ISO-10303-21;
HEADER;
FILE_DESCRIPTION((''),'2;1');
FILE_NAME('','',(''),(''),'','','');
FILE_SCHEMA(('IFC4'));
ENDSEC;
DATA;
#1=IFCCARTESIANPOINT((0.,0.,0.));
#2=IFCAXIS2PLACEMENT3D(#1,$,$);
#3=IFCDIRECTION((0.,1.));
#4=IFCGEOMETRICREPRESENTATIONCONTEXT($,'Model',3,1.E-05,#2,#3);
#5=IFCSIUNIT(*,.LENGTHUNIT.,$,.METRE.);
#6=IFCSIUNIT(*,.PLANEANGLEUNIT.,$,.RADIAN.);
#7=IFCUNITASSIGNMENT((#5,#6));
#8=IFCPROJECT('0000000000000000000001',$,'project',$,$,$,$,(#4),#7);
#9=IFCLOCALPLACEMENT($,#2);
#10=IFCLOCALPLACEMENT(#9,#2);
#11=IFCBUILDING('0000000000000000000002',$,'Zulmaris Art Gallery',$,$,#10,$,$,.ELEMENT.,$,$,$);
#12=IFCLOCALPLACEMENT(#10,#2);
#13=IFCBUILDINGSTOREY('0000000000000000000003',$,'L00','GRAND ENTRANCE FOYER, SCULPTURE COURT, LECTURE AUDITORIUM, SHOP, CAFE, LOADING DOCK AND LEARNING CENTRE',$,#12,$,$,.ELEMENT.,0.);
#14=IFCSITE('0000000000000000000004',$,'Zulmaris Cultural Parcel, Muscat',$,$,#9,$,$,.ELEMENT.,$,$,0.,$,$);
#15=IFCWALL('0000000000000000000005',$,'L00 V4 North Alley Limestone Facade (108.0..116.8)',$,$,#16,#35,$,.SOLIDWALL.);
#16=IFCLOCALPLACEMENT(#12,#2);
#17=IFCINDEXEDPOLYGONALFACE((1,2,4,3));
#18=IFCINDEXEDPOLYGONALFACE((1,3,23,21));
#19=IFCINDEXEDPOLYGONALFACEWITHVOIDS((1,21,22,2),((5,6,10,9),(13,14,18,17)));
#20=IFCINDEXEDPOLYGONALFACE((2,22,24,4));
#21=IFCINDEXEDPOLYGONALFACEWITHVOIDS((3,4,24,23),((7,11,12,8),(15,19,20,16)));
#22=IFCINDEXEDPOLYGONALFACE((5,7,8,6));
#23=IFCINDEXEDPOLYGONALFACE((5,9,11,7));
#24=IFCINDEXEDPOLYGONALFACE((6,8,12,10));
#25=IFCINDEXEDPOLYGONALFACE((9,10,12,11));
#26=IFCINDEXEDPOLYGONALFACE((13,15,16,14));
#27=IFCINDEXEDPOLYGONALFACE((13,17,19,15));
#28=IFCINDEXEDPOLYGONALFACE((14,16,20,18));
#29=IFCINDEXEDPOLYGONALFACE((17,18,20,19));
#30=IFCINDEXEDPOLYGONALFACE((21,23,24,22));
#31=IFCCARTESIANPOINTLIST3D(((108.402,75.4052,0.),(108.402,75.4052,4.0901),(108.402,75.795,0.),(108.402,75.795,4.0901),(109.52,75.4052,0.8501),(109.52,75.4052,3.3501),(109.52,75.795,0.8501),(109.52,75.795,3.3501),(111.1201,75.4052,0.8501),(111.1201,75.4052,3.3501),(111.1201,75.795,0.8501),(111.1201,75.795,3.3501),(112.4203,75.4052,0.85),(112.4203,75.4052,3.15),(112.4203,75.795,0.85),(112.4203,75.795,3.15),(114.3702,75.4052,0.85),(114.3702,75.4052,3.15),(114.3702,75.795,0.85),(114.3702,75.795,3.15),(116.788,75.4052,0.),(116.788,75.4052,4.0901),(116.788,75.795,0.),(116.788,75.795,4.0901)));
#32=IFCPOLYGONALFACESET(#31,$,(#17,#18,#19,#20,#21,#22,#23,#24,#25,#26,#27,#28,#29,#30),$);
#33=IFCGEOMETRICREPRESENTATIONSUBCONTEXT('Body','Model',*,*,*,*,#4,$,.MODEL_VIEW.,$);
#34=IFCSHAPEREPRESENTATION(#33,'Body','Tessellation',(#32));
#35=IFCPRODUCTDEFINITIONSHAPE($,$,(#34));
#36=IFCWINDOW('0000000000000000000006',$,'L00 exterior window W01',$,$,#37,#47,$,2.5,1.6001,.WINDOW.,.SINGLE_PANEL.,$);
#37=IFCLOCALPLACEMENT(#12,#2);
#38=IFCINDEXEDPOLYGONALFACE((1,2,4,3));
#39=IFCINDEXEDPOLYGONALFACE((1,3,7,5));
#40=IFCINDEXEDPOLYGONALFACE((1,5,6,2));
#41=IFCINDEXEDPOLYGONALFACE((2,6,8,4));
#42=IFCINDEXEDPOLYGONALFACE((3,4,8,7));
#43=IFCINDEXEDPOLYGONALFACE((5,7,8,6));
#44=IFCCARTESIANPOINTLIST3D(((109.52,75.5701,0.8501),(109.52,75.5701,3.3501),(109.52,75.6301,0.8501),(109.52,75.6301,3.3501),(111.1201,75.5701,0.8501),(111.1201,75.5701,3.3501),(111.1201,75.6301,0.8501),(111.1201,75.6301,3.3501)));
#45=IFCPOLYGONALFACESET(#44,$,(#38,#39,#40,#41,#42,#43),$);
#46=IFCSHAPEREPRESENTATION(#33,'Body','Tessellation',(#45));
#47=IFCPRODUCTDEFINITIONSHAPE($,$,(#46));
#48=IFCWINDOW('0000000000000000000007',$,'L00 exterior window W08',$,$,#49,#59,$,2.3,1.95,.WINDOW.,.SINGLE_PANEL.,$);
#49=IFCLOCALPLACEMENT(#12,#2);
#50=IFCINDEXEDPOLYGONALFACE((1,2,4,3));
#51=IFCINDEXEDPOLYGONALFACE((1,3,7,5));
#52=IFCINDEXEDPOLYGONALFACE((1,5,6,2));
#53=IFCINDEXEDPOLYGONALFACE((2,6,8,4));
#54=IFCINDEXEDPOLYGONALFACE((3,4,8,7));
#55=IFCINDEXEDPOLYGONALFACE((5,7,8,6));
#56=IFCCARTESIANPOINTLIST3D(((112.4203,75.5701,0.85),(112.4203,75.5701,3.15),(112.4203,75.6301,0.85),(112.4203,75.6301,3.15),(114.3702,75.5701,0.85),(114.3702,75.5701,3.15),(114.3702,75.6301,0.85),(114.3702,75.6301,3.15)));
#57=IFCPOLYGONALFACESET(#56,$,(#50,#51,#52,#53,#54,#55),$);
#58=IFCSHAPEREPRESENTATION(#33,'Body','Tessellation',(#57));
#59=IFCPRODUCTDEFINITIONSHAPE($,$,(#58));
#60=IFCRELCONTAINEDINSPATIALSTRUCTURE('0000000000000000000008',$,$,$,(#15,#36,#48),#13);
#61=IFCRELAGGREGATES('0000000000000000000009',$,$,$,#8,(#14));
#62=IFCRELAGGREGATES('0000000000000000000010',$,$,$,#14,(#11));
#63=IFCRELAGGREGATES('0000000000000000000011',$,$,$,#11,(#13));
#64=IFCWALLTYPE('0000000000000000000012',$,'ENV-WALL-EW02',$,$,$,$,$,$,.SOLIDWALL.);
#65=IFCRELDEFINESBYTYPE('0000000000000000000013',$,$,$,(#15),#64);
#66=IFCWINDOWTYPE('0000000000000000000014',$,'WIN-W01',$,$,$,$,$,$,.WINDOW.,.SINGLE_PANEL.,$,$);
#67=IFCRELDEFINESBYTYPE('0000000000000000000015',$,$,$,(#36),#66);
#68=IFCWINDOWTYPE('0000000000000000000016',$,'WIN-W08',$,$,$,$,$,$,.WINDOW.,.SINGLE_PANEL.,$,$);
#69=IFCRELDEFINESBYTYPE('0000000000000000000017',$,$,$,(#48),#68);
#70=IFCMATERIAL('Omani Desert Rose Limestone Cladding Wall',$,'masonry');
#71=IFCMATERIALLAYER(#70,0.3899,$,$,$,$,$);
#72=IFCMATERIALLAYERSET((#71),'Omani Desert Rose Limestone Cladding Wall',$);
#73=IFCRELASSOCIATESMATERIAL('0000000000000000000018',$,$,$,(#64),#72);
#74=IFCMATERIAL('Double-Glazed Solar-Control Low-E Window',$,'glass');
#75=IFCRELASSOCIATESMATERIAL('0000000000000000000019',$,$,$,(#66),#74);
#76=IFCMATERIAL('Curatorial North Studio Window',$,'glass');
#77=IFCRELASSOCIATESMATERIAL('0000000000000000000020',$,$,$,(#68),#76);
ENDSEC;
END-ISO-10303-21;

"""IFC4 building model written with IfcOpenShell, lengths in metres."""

from ifc_helpers import new_model, si_unit, direction, frame, frame_2d, origin, place, context, subcontext, project, spatial, rectangle, extrude, material, layer, layer_set, type_object, element, fill, save


model = new_model("IFC4")

# Units and contexts
model_context = context("Model", 3, precision=1e-05, world=origin(), true_north=direction((0.0, 1.0)))
body_context = subcontext(model_context, "Body", "Model", "MODEL_VIEW")
ifc_project = project(units=[si_unit("LENGTHUNIT", "METRE"), si_unit("PLANEANGLEUNIT", "RADIAN")], contexts=[model_context])

# Site, building, storey
site_placement = place(None, origin())
site = spatial("IfcSite", under=ifc_project, at=site_placement, Name="Zulmaris Cultural Parcel, Muscat", CompositionType="ELEMENT", RefElevation=0.0)
building_placement = place(site_placement, origin())
building = spatial("IfcBuilding", under=site, at=building_placement, Name="Zulmaris Art Gallery", CompositionType="ELEMENT")
storey_placement = place(building_placement, origin())
storey = spatial("IfcBuildingStorey", under=building, at=storey_placement, Name="L00", Description="GRAND ENTRANCE FOYER, SCULPTURE COURT, LECTURE AUDITORIUM, SHOP, CAFE, LOADING DOCK AND LEARNING CENTRE", CompositionType="ELEMENT", Elevation=0.0)

# Wall, openings, windows
ifc_material_1 = material(Name="Omani Desert Rose Limestone Cladding Wall", Category="masonry")
ifc_layer_1 = layer(ifc_material_1, 0.3899)
ifc_layer_set_1 = layer_set([ifc_layer_1], Name="Omani Desert Rose Limestone Cladding Wall")
wall_type = type_object("IfcWallType", Name="ENV-WALL-EW02", PredefinedType="SOLIDWALL", material=ifc_layer_set_1)
wall_placement = place(storey_placement, frame((108.4021, 75.6001, 0.0), z_axis=(0.0, 0.0, 1.0), x_axis=(1.0, 0.0, 0.0)))
wall = element("IfcWall", 1, at=wall_placement, inside=storey, type_object=wall_type, Name="L00 V4 North Alley Limestone Facade (108.0..116.8)", PredefinedType="SOLIDWALL", context=body_context, shape_type="SweptSolid", body=[
    extrude(rectangle(XDim=8.386, YDim=0.3899, at=frame_2d((4.1929, 0.0))), origin(), (0.0, 0.0, 1.0), 4.0901),
])
opening_1_placement = place(wall_placement, frame((1.1179, 0.0, 0.8501)))
opening_1 = element("IfcOpeningElement", 2, at=opening_1_placement, cuts=wall, PredefinedType="OPENING", context=body_context, shape_type="SweptSolid", body=[
    extrude(rectangle(XDim=1.6001, YDim=2.5, at=frame_2d((0.8, 1.25))), frame((0.0, 0.2048, 0.0), z_axis=(0.0, -1.0, 0.0), x_axis=(1.0, 0.0, 0.0)), (0.0, 0.0, 1.0), 0.4099),
])
opening_2_placement = place(wall_placement, frame((4.0181, 0.0, 0.8501)))
opening_2 = element("IfcOpeningElement", 3, at=opening_2_placement, cuts=wall, PredefinedType="OPENING", context=body_context, shape_type="SweptSolid", body=[
    extrude(rectangle(XDim=1.95, YDim=2.3, at=frame_2d((0.9751, 1.1499))), frame((0.0, 0.2048, 0.0), z_axis=(0.0, -1.0, 0.0), x_axis=(1.0, 0.0, 0.0)), (0.0, 0.0, 1.0), 0.4099),
])
ifc_material_2 = material(Name="Double-Glazed Solar-Control Low-E Window", Category="glass")
window_type_1 = type_object("IfcWindowType", Name="WIN-W01", PartitioningType="SINGLE_PANEL", PredefinedType="WINDOW", material=ifc_material_2)
window_1_placement = place(opening_1_placement, origin())
window_1 = element("IfcWindow", 4, at=window_1_placement, inside=storey, type_object=window_type_1, Name="L00 exterior window W01", OverallHeight=2.5, OverallWidth=1.6001, PartitioningType="SINGLE_PANEL", PredefinedType="WINDOW", context=body_context, shape_type="SweptSolid", body=[
    extrude(rectangle(XDim=1.6001, YDim=2.5, at=frame_2d((0.8, 1.25))), frame((0.0, 0.03, 0.0), z_axis=(0.0, -1.0, 0.0), x_axis=(1.0, 0.0, 0.0)), (0.0, 0.0, 1.0), 0.0601),
])
fill(opening_1, window_1)
ifc_material_3 = material(Name="Curatorial North Studio Window", Category="glass")
window_type_2 = type_object("IfcWindowType", Name="WIN-W08", PartitioningType="SINGLE_PANEL", PredefinedType="WINDOW", material=ifc_material_3)
window_2_placement = place(opening_2_placement, origin())
window_2 = element("IfcWindow", 5, at=window_2_placement, inside=storey, type_object=window_type_2, Name="L00 exterior window W08", OverallHeight=2.3, OverallWidth=1.95, PartitioningType="SINGLE_PANEL", PredefinedType="WINDOW", context=body_context, shape_type="SweptSolid", body=[
    extrude(rectangle(XDim=1.95, YDim=2.3, at=frame_2d((0.9751, 1.1499))), frame((0.0, 0.03, 0.0), z_axis=(0.0, -1.0, 0.0), x_axis=(1.0, 0.0, 0.0)), (0.0, 0.0, 1.0), 0.0601),
])
fill(opening_2, window_2)

save(model, "model.ifc")
